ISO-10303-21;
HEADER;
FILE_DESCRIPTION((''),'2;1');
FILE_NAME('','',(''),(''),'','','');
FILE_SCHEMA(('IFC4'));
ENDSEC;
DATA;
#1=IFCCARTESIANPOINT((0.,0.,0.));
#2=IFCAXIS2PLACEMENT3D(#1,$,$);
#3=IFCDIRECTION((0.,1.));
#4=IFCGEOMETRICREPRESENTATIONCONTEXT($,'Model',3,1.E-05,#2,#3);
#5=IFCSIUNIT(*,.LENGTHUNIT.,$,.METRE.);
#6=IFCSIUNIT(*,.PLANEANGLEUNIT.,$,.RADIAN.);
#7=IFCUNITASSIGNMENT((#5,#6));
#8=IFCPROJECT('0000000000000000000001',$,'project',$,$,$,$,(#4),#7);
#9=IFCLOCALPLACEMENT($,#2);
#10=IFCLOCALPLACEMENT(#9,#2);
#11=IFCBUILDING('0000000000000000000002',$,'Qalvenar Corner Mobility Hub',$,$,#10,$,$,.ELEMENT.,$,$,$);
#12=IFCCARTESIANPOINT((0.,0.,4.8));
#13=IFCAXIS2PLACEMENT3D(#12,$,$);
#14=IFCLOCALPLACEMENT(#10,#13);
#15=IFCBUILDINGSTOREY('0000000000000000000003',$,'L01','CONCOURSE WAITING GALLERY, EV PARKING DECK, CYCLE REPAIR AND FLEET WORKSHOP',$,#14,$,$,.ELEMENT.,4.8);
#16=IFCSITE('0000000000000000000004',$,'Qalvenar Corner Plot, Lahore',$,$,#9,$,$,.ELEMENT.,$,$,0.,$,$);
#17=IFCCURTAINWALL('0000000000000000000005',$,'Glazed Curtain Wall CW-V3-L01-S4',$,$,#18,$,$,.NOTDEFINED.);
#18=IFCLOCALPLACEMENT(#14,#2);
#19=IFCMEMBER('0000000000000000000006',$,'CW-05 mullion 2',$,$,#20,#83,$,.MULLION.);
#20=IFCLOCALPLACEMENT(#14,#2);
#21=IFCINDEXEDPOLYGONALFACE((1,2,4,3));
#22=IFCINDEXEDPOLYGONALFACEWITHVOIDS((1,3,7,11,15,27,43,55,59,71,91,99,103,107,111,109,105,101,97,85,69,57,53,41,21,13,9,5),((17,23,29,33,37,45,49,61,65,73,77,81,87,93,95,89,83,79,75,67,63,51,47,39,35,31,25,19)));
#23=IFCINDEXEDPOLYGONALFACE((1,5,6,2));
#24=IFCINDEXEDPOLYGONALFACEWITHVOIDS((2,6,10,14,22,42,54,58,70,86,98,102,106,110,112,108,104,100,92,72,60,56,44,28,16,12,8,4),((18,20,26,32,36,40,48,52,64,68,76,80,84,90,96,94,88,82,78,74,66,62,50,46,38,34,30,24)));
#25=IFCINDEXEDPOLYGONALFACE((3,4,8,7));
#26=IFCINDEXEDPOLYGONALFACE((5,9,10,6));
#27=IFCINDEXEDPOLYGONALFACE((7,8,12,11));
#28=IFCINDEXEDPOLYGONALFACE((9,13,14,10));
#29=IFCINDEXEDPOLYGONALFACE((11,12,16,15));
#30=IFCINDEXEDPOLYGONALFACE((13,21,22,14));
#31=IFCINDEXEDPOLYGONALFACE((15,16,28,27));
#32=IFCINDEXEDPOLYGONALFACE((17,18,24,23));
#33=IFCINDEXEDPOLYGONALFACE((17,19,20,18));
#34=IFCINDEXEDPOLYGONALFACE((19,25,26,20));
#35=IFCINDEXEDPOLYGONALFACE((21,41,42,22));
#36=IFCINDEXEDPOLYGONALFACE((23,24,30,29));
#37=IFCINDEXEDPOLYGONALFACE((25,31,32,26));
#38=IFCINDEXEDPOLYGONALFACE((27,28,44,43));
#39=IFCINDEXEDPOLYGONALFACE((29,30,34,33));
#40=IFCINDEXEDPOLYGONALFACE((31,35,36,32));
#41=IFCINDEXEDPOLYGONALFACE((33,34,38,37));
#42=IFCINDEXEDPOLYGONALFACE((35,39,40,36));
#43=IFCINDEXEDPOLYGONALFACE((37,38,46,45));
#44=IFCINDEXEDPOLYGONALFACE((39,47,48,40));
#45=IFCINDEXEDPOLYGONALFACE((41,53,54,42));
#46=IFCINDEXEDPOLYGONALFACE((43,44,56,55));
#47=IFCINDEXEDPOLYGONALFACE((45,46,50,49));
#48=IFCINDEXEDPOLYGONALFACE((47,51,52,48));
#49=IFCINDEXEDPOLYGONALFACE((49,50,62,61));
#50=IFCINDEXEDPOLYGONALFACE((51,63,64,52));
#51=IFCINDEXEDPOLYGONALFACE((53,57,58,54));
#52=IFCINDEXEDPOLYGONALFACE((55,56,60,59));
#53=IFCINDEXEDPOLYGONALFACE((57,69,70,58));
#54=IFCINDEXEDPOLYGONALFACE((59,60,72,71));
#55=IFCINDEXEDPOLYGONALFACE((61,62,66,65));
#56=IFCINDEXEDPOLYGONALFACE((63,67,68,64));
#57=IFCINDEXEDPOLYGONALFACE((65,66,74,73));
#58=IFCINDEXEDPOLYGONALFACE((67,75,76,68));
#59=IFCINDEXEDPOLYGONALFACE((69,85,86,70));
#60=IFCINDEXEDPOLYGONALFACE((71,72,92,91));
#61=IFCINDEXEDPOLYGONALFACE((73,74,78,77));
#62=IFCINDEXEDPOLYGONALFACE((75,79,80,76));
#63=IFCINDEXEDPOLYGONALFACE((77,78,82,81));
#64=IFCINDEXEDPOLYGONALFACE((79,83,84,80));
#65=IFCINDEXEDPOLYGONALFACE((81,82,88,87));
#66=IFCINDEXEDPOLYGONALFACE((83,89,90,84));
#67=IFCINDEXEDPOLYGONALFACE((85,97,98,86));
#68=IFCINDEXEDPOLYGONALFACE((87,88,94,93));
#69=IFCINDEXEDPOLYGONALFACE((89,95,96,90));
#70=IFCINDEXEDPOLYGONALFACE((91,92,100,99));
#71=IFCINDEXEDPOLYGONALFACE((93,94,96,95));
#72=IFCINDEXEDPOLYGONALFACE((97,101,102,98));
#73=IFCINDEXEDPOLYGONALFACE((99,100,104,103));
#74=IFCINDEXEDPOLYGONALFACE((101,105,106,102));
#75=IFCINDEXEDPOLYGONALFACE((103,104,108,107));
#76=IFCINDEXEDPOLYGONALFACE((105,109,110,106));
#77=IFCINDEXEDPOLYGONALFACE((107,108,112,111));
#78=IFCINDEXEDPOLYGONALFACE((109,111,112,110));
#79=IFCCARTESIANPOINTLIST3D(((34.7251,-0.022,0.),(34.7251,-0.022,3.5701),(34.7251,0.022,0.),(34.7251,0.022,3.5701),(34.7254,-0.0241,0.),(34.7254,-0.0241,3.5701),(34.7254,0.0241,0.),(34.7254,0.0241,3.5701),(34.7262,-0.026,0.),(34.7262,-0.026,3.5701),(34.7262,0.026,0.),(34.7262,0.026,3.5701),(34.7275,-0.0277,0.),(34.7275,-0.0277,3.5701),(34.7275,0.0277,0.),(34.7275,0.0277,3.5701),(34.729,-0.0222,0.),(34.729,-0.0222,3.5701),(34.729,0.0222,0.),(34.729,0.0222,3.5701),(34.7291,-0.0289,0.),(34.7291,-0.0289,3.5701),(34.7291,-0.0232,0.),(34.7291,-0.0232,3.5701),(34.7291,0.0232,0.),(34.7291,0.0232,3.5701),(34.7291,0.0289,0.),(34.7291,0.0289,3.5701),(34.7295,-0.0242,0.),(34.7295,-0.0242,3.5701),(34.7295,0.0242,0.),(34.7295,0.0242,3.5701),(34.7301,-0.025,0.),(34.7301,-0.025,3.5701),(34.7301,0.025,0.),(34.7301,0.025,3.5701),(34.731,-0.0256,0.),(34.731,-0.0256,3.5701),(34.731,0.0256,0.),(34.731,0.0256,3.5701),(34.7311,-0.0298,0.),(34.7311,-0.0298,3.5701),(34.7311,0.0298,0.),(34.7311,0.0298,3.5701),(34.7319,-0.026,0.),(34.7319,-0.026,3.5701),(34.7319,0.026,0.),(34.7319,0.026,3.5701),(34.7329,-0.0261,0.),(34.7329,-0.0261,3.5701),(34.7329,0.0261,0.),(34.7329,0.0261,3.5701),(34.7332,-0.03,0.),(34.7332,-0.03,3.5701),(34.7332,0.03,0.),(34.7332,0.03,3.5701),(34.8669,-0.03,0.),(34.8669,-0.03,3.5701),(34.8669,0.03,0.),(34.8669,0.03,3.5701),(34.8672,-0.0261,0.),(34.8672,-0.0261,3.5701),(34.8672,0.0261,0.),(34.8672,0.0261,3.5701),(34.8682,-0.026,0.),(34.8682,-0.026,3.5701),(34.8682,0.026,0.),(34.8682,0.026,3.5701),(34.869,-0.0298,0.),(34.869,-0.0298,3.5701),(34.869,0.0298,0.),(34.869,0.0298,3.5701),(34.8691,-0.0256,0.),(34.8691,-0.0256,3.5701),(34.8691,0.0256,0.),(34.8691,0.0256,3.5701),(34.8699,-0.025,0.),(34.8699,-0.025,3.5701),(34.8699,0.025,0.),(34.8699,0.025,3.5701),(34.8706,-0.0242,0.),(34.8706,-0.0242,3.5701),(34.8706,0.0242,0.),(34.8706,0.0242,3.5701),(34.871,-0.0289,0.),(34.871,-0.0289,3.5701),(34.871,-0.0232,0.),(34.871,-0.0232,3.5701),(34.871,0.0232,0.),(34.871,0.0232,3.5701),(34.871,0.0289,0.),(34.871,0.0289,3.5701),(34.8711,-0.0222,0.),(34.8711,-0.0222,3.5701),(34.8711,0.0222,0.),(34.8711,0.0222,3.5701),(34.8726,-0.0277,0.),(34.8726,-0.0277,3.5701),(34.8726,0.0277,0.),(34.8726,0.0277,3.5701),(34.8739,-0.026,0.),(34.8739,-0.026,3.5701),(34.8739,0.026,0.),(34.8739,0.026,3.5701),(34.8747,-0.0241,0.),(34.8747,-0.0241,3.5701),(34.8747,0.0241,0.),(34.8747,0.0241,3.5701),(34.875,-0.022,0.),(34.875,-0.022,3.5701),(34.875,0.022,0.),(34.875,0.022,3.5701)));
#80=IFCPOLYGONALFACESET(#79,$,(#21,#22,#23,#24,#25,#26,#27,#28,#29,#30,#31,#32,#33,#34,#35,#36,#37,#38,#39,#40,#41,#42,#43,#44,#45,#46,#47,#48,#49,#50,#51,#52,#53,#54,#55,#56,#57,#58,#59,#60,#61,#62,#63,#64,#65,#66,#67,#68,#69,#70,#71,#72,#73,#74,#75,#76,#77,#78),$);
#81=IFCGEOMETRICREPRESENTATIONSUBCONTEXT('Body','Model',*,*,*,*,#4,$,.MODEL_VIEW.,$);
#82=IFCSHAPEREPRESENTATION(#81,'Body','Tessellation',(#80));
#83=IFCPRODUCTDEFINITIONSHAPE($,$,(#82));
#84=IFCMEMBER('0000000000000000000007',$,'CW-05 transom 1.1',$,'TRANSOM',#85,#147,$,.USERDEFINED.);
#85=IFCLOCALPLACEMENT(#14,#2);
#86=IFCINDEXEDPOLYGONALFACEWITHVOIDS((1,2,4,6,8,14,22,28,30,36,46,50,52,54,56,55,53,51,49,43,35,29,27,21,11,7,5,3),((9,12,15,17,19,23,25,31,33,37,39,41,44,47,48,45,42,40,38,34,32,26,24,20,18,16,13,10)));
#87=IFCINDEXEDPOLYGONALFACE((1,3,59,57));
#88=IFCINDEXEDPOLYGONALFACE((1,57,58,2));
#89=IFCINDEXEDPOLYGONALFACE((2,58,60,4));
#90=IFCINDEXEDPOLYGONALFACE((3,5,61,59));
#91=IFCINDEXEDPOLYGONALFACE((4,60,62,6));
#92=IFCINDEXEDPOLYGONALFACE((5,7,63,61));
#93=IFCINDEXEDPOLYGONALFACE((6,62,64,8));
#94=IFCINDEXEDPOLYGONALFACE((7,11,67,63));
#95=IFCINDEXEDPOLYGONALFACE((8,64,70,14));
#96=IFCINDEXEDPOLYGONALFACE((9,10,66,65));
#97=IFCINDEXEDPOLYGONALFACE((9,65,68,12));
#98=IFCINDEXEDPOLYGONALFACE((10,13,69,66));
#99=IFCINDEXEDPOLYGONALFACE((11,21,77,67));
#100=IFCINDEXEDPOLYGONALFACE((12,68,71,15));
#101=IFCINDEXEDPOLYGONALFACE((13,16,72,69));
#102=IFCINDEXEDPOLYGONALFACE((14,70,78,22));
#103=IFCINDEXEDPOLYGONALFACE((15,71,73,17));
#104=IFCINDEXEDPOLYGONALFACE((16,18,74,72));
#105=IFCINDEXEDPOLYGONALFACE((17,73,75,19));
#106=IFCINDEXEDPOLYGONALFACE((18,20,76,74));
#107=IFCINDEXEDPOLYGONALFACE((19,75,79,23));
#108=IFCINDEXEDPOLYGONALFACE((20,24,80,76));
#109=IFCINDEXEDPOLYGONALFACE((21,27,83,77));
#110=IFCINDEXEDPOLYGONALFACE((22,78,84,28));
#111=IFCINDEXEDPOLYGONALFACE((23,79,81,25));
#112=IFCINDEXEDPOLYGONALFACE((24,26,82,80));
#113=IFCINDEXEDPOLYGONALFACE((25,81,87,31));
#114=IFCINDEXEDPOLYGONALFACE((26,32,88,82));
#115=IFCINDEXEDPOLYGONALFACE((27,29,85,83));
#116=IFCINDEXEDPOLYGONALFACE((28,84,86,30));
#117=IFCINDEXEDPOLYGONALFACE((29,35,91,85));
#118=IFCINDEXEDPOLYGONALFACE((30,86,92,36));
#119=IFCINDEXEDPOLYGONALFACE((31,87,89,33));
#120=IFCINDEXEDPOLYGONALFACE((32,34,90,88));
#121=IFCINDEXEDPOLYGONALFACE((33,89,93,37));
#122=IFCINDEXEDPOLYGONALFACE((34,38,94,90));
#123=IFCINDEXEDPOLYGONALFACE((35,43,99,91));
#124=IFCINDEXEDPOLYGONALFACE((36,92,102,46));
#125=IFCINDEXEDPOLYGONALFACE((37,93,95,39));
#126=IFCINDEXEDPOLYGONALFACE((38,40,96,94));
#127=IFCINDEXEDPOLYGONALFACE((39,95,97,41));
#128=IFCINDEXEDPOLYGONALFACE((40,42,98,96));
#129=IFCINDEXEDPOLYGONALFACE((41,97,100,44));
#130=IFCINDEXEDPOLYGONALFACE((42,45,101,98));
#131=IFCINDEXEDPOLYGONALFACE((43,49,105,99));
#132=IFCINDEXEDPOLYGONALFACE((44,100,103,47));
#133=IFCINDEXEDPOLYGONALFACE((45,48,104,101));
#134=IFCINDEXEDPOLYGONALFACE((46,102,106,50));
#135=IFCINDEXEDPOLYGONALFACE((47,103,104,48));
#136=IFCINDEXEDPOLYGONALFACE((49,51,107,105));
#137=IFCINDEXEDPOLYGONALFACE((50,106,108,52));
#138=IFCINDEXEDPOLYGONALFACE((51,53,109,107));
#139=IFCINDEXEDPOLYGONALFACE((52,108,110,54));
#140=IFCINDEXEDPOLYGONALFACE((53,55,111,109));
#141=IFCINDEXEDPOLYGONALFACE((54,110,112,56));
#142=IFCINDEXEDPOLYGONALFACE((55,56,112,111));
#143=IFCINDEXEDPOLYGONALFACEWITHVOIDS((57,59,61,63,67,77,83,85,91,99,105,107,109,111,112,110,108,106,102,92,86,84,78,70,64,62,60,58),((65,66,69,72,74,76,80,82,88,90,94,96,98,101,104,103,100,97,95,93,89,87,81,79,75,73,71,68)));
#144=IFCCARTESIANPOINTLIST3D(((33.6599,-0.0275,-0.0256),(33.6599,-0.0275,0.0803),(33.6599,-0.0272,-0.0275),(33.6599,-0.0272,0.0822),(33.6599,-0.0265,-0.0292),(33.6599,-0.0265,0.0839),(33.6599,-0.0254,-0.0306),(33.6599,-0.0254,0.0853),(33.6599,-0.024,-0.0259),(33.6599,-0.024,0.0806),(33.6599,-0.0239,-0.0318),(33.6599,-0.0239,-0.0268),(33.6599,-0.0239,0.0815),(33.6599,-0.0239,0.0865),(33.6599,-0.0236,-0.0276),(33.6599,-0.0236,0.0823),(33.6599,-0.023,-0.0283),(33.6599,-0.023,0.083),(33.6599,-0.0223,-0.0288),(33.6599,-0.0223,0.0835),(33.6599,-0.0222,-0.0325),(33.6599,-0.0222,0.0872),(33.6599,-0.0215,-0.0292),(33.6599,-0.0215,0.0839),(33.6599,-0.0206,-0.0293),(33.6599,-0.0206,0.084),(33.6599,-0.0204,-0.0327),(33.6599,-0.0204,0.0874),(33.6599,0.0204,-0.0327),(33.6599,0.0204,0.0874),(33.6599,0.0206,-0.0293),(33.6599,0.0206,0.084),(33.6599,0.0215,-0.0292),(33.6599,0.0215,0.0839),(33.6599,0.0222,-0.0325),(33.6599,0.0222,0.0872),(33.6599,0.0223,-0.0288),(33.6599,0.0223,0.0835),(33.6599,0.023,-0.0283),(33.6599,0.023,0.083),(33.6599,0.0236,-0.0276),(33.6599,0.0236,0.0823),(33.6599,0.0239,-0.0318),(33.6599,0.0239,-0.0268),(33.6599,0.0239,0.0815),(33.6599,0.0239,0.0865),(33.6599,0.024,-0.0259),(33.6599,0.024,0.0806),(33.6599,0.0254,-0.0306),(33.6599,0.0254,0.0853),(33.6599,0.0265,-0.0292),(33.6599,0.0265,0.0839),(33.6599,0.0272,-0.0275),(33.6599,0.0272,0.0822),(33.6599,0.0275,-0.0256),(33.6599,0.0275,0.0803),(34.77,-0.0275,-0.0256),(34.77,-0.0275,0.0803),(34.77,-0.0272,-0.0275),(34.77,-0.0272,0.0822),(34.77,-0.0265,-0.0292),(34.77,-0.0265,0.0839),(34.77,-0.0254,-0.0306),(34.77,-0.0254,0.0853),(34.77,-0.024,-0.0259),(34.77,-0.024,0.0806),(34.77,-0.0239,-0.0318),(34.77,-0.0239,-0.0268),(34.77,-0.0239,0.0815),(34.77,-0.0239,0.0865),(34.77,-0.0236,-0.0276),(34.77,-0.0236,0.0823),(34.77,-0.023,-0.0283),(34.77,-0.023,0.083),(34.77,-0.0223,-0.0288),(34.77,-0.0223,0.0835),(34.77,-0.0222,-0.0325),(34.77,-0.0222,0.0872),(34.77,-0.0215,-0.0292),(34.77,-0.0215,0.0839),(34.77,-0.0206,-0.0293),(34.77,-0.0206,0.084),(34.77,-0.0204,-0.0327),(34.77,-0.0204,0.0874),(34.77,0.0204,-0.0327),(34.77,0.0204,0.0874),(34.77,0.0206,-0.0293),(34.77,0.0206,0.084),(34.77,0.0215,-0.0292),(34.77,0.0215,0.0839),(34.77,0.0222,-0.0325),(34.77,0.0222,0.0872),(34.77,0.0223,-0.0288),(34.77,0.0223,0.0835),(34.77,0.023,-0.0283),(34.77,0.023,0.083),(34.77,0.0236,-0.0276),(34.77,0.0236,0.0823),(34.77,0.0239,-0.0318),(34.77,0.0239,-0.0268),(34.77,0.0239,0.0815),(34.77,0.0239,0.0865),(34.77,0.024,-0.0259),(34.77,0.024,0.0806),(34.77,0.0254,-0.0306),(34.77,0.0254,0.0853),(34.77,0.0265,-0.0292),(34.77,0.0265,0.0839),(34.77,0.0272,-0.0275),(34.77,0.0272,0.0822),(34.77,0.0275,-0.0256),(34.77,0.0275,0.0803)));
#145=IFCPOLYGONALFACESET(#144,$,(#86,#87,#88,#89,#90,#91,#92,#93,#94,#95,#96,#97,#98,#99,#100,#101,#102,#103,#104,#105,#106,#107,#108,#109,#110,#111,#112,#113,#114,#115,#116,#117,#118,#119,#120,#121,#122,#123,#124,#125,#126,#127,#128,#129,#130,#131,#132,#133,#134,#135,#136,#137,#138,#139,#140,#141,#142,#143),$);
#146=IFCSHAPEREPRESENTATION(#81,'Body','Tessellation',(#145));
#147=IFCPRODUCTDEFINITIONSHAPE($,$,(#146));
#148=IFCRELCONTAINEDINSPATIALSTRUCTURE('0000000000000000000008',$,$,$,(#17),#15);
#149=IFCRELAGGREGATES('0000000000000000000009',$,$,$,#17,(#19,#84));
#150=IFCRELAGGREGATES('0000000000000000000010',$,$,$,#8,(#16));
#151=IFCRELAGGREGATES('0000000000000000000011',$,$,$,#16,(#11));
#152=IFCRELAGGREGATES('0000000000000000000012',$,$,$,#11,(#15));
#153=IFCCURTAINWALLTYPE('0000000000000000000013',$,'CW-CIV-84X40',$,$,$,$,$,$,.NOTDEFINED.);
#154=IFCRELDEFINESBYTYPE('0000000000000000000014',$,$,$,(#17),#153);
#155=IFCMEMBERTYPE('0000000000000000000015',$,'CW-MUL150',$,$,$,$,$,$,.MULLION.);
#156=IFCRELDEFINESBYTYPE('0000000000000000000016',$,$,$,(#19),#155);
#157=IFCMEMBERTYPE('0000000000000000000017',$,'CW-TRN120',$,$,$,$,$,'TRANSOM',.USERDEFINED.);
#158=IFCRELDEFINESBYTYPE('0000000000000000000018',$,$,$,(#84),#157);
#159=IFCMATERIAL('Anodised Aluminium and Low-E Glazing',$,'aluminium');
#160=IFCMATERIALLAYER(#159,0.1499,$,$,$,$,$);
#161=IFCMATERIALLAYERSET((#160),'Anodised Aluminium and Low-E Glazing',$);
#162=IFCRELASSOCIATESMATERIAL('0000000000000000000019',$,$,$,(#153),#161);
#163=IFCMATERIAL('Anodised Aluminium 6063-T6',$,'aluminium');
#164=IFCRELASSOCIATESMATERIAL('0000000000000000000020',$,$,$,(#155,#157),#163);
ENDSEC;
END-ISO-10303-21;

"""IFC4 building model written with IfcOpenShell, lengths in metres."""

from ifc_helpers import new_model, si_unit, direction, frame, origin, origin_2d, place, context, subcontext, project, spatial, hollow_rectangle, extrude, material, layer, layer_set, material_profile, profile_set, type_object, element, aggregate, save


model = new_model("IFC4")

# Units and contexts
model_context = context("Model", 3, precision=1e-05, world=origin(), true_north=direction((0.0, 1.0)))
body_context = subcontext(model_context, "Body", "Model", "MODEL_VIEW")
ifc_project = project(units=[si_unit("LENGTHUNIT", "METRE"), si_unit("PLANEANGLEUNIT", "RADIAN")], contexts=[model_context])

# Site, building, storey
site_placement = place(None, origin())
site = spatial("IfcSite", under=ifc_project, at=site_placement, Name="Qalvenar Corner Plot, Lahore", CompositionType="ELEMENT", RefElevation=0.0)
building_placement = place(site_placement, origin())
building = spatial("IfcBuilding", under=site, at=building_placement, Name="Qalvenar Corner Mobility Hub", CompositionType="ELEMENT")
storey_placement = place(building_placement, frame((0.0, 0.0, 4.8)))
storey = spatial("IfcBuildingStorey", under=building, at=storey_placement, Name="L01", Description="CONCOURSE WAITING GALLERY, EV PARKING DECK, CYCLE REPAIR AND FLEET WORKSHOP", CompositionType="ELEMENT", Elevation=4.8)

# Curtain wall, members
ifc_material_1 = material(Name="Anodised Aluminium and Low-E Glazing", Category="aluminium")
ifc_layer_1 = layer(ifc_material_1, 0.1499)
ifc_layer_set_1 = layer_set([ifc_layer_1], Name="Anodised Aluminium and Low-E Glazing")
curtain_wall_type = type_object("IfcCurtainWallType", Name="CW-CIV-84X40", PredefinedType="NOTDEFINED", material=ifc_layer_set_1)
curtain_wall_placement = place(storey_placement, origin())
curtain_wall = element("IfcCurtainWall", 1, at=curtain_wall_placement, inside=storey, type_object=curtain_wall_type, Name="Glazed Curtain Wall CW-V3-L01-S4", PredefinedType="NOTDEFINED")
ifc_material_2 = material(Name="Anodised Aluminium 6063-T6", Category="aluminium")
ifc_material_profile_1 = material_profile(ifc_material_2, hollow_rectangle(XDim=0.0601, YDim=0.1499, WallThickness=0.0039, InnerFilletRadius=0.0039, OuterFilletRadius=0.0081, at=origin_2d()), Name="RHS150x60x4")
ifc_profile_set_1 = profile_set([ifc_material_profile_1], Name="Anodised Aluminium 6063-T6")
member_type_1 = type_object("IfcMemberType", Name="CW-MUL150", PredefinedType="MULLION", material=ifc_profile_set_1)
member_1_placement = place(storey_placement, frame((34.8, 0.0, 0.0), z_axis=(0.0, 0.0, 1.0), x_axis=(0.0, 1.0, 0.0)))
member_1 = element("IfcMember", 2, at=member_1_placement, type_object=member_type_1, Name="CW-05 mullion 2", PredefinedType="MULLION", context=body_context, shape_type="SweptSolid", body=[
    extrude(hollow_rectangle(XDim=0.0601, YDim=0.1499, WallThickness=0.0039, InnerFilletRadius=0.0039, OuterFilletRadius=0.0081, at=origin_2d()), origin(), (0.0, 0.0, 1.0), 3.5701),
])
ifc_material_profile_2 = material_profile(ifc_material_2, hollow_rectangle(XDim=0.0549, YDim=0.1201, WallThickness=0.0034, InnerFilletRadius=0.0034, OuterFilletRadius=0.0071, at=origin_2d()), Name="RHS120x55x3.5")
ifc_profile_set_2 = profile_set([ifc_material_profile_2], Name="Anodised Aluminium 6063-T6")
member_type_2 = type_object("IfcMemberType", Name="CW-TRN120", ElementType="TRANSOM", PredefinedType="USERDEFINED", material=ifc_profile_set_2)
member_2_placement = place(storey_placement, frame((33.6599, 0.0, 0.0273), z_axis=(1.0, 0.0, 0.0), x_axis=(0.0, 1.0, 0.0)))
member_2 = element("IfcMember", 3, at=member_2_placement, type_object=member_type_2, Name="CW-05 transom 1.1", ObjectType="TRANSOM", PredefinedType="USERDEFINED", context=body_context, shape_type="SweptSolid", body=[
    extrude(hollow_rectangle(XDim=0.0549, YDim=0.1201, WallThickness=0.0034, InnerFilletRadius=0.0034, OuterFilletRadius=0.0071, at=origin_2d()), origin(), (0.0, 0.0, 1.0), 1.1101),
])
aggregate(curtain_wall, [member_1, member_2])

save(model, "model.ifc")
